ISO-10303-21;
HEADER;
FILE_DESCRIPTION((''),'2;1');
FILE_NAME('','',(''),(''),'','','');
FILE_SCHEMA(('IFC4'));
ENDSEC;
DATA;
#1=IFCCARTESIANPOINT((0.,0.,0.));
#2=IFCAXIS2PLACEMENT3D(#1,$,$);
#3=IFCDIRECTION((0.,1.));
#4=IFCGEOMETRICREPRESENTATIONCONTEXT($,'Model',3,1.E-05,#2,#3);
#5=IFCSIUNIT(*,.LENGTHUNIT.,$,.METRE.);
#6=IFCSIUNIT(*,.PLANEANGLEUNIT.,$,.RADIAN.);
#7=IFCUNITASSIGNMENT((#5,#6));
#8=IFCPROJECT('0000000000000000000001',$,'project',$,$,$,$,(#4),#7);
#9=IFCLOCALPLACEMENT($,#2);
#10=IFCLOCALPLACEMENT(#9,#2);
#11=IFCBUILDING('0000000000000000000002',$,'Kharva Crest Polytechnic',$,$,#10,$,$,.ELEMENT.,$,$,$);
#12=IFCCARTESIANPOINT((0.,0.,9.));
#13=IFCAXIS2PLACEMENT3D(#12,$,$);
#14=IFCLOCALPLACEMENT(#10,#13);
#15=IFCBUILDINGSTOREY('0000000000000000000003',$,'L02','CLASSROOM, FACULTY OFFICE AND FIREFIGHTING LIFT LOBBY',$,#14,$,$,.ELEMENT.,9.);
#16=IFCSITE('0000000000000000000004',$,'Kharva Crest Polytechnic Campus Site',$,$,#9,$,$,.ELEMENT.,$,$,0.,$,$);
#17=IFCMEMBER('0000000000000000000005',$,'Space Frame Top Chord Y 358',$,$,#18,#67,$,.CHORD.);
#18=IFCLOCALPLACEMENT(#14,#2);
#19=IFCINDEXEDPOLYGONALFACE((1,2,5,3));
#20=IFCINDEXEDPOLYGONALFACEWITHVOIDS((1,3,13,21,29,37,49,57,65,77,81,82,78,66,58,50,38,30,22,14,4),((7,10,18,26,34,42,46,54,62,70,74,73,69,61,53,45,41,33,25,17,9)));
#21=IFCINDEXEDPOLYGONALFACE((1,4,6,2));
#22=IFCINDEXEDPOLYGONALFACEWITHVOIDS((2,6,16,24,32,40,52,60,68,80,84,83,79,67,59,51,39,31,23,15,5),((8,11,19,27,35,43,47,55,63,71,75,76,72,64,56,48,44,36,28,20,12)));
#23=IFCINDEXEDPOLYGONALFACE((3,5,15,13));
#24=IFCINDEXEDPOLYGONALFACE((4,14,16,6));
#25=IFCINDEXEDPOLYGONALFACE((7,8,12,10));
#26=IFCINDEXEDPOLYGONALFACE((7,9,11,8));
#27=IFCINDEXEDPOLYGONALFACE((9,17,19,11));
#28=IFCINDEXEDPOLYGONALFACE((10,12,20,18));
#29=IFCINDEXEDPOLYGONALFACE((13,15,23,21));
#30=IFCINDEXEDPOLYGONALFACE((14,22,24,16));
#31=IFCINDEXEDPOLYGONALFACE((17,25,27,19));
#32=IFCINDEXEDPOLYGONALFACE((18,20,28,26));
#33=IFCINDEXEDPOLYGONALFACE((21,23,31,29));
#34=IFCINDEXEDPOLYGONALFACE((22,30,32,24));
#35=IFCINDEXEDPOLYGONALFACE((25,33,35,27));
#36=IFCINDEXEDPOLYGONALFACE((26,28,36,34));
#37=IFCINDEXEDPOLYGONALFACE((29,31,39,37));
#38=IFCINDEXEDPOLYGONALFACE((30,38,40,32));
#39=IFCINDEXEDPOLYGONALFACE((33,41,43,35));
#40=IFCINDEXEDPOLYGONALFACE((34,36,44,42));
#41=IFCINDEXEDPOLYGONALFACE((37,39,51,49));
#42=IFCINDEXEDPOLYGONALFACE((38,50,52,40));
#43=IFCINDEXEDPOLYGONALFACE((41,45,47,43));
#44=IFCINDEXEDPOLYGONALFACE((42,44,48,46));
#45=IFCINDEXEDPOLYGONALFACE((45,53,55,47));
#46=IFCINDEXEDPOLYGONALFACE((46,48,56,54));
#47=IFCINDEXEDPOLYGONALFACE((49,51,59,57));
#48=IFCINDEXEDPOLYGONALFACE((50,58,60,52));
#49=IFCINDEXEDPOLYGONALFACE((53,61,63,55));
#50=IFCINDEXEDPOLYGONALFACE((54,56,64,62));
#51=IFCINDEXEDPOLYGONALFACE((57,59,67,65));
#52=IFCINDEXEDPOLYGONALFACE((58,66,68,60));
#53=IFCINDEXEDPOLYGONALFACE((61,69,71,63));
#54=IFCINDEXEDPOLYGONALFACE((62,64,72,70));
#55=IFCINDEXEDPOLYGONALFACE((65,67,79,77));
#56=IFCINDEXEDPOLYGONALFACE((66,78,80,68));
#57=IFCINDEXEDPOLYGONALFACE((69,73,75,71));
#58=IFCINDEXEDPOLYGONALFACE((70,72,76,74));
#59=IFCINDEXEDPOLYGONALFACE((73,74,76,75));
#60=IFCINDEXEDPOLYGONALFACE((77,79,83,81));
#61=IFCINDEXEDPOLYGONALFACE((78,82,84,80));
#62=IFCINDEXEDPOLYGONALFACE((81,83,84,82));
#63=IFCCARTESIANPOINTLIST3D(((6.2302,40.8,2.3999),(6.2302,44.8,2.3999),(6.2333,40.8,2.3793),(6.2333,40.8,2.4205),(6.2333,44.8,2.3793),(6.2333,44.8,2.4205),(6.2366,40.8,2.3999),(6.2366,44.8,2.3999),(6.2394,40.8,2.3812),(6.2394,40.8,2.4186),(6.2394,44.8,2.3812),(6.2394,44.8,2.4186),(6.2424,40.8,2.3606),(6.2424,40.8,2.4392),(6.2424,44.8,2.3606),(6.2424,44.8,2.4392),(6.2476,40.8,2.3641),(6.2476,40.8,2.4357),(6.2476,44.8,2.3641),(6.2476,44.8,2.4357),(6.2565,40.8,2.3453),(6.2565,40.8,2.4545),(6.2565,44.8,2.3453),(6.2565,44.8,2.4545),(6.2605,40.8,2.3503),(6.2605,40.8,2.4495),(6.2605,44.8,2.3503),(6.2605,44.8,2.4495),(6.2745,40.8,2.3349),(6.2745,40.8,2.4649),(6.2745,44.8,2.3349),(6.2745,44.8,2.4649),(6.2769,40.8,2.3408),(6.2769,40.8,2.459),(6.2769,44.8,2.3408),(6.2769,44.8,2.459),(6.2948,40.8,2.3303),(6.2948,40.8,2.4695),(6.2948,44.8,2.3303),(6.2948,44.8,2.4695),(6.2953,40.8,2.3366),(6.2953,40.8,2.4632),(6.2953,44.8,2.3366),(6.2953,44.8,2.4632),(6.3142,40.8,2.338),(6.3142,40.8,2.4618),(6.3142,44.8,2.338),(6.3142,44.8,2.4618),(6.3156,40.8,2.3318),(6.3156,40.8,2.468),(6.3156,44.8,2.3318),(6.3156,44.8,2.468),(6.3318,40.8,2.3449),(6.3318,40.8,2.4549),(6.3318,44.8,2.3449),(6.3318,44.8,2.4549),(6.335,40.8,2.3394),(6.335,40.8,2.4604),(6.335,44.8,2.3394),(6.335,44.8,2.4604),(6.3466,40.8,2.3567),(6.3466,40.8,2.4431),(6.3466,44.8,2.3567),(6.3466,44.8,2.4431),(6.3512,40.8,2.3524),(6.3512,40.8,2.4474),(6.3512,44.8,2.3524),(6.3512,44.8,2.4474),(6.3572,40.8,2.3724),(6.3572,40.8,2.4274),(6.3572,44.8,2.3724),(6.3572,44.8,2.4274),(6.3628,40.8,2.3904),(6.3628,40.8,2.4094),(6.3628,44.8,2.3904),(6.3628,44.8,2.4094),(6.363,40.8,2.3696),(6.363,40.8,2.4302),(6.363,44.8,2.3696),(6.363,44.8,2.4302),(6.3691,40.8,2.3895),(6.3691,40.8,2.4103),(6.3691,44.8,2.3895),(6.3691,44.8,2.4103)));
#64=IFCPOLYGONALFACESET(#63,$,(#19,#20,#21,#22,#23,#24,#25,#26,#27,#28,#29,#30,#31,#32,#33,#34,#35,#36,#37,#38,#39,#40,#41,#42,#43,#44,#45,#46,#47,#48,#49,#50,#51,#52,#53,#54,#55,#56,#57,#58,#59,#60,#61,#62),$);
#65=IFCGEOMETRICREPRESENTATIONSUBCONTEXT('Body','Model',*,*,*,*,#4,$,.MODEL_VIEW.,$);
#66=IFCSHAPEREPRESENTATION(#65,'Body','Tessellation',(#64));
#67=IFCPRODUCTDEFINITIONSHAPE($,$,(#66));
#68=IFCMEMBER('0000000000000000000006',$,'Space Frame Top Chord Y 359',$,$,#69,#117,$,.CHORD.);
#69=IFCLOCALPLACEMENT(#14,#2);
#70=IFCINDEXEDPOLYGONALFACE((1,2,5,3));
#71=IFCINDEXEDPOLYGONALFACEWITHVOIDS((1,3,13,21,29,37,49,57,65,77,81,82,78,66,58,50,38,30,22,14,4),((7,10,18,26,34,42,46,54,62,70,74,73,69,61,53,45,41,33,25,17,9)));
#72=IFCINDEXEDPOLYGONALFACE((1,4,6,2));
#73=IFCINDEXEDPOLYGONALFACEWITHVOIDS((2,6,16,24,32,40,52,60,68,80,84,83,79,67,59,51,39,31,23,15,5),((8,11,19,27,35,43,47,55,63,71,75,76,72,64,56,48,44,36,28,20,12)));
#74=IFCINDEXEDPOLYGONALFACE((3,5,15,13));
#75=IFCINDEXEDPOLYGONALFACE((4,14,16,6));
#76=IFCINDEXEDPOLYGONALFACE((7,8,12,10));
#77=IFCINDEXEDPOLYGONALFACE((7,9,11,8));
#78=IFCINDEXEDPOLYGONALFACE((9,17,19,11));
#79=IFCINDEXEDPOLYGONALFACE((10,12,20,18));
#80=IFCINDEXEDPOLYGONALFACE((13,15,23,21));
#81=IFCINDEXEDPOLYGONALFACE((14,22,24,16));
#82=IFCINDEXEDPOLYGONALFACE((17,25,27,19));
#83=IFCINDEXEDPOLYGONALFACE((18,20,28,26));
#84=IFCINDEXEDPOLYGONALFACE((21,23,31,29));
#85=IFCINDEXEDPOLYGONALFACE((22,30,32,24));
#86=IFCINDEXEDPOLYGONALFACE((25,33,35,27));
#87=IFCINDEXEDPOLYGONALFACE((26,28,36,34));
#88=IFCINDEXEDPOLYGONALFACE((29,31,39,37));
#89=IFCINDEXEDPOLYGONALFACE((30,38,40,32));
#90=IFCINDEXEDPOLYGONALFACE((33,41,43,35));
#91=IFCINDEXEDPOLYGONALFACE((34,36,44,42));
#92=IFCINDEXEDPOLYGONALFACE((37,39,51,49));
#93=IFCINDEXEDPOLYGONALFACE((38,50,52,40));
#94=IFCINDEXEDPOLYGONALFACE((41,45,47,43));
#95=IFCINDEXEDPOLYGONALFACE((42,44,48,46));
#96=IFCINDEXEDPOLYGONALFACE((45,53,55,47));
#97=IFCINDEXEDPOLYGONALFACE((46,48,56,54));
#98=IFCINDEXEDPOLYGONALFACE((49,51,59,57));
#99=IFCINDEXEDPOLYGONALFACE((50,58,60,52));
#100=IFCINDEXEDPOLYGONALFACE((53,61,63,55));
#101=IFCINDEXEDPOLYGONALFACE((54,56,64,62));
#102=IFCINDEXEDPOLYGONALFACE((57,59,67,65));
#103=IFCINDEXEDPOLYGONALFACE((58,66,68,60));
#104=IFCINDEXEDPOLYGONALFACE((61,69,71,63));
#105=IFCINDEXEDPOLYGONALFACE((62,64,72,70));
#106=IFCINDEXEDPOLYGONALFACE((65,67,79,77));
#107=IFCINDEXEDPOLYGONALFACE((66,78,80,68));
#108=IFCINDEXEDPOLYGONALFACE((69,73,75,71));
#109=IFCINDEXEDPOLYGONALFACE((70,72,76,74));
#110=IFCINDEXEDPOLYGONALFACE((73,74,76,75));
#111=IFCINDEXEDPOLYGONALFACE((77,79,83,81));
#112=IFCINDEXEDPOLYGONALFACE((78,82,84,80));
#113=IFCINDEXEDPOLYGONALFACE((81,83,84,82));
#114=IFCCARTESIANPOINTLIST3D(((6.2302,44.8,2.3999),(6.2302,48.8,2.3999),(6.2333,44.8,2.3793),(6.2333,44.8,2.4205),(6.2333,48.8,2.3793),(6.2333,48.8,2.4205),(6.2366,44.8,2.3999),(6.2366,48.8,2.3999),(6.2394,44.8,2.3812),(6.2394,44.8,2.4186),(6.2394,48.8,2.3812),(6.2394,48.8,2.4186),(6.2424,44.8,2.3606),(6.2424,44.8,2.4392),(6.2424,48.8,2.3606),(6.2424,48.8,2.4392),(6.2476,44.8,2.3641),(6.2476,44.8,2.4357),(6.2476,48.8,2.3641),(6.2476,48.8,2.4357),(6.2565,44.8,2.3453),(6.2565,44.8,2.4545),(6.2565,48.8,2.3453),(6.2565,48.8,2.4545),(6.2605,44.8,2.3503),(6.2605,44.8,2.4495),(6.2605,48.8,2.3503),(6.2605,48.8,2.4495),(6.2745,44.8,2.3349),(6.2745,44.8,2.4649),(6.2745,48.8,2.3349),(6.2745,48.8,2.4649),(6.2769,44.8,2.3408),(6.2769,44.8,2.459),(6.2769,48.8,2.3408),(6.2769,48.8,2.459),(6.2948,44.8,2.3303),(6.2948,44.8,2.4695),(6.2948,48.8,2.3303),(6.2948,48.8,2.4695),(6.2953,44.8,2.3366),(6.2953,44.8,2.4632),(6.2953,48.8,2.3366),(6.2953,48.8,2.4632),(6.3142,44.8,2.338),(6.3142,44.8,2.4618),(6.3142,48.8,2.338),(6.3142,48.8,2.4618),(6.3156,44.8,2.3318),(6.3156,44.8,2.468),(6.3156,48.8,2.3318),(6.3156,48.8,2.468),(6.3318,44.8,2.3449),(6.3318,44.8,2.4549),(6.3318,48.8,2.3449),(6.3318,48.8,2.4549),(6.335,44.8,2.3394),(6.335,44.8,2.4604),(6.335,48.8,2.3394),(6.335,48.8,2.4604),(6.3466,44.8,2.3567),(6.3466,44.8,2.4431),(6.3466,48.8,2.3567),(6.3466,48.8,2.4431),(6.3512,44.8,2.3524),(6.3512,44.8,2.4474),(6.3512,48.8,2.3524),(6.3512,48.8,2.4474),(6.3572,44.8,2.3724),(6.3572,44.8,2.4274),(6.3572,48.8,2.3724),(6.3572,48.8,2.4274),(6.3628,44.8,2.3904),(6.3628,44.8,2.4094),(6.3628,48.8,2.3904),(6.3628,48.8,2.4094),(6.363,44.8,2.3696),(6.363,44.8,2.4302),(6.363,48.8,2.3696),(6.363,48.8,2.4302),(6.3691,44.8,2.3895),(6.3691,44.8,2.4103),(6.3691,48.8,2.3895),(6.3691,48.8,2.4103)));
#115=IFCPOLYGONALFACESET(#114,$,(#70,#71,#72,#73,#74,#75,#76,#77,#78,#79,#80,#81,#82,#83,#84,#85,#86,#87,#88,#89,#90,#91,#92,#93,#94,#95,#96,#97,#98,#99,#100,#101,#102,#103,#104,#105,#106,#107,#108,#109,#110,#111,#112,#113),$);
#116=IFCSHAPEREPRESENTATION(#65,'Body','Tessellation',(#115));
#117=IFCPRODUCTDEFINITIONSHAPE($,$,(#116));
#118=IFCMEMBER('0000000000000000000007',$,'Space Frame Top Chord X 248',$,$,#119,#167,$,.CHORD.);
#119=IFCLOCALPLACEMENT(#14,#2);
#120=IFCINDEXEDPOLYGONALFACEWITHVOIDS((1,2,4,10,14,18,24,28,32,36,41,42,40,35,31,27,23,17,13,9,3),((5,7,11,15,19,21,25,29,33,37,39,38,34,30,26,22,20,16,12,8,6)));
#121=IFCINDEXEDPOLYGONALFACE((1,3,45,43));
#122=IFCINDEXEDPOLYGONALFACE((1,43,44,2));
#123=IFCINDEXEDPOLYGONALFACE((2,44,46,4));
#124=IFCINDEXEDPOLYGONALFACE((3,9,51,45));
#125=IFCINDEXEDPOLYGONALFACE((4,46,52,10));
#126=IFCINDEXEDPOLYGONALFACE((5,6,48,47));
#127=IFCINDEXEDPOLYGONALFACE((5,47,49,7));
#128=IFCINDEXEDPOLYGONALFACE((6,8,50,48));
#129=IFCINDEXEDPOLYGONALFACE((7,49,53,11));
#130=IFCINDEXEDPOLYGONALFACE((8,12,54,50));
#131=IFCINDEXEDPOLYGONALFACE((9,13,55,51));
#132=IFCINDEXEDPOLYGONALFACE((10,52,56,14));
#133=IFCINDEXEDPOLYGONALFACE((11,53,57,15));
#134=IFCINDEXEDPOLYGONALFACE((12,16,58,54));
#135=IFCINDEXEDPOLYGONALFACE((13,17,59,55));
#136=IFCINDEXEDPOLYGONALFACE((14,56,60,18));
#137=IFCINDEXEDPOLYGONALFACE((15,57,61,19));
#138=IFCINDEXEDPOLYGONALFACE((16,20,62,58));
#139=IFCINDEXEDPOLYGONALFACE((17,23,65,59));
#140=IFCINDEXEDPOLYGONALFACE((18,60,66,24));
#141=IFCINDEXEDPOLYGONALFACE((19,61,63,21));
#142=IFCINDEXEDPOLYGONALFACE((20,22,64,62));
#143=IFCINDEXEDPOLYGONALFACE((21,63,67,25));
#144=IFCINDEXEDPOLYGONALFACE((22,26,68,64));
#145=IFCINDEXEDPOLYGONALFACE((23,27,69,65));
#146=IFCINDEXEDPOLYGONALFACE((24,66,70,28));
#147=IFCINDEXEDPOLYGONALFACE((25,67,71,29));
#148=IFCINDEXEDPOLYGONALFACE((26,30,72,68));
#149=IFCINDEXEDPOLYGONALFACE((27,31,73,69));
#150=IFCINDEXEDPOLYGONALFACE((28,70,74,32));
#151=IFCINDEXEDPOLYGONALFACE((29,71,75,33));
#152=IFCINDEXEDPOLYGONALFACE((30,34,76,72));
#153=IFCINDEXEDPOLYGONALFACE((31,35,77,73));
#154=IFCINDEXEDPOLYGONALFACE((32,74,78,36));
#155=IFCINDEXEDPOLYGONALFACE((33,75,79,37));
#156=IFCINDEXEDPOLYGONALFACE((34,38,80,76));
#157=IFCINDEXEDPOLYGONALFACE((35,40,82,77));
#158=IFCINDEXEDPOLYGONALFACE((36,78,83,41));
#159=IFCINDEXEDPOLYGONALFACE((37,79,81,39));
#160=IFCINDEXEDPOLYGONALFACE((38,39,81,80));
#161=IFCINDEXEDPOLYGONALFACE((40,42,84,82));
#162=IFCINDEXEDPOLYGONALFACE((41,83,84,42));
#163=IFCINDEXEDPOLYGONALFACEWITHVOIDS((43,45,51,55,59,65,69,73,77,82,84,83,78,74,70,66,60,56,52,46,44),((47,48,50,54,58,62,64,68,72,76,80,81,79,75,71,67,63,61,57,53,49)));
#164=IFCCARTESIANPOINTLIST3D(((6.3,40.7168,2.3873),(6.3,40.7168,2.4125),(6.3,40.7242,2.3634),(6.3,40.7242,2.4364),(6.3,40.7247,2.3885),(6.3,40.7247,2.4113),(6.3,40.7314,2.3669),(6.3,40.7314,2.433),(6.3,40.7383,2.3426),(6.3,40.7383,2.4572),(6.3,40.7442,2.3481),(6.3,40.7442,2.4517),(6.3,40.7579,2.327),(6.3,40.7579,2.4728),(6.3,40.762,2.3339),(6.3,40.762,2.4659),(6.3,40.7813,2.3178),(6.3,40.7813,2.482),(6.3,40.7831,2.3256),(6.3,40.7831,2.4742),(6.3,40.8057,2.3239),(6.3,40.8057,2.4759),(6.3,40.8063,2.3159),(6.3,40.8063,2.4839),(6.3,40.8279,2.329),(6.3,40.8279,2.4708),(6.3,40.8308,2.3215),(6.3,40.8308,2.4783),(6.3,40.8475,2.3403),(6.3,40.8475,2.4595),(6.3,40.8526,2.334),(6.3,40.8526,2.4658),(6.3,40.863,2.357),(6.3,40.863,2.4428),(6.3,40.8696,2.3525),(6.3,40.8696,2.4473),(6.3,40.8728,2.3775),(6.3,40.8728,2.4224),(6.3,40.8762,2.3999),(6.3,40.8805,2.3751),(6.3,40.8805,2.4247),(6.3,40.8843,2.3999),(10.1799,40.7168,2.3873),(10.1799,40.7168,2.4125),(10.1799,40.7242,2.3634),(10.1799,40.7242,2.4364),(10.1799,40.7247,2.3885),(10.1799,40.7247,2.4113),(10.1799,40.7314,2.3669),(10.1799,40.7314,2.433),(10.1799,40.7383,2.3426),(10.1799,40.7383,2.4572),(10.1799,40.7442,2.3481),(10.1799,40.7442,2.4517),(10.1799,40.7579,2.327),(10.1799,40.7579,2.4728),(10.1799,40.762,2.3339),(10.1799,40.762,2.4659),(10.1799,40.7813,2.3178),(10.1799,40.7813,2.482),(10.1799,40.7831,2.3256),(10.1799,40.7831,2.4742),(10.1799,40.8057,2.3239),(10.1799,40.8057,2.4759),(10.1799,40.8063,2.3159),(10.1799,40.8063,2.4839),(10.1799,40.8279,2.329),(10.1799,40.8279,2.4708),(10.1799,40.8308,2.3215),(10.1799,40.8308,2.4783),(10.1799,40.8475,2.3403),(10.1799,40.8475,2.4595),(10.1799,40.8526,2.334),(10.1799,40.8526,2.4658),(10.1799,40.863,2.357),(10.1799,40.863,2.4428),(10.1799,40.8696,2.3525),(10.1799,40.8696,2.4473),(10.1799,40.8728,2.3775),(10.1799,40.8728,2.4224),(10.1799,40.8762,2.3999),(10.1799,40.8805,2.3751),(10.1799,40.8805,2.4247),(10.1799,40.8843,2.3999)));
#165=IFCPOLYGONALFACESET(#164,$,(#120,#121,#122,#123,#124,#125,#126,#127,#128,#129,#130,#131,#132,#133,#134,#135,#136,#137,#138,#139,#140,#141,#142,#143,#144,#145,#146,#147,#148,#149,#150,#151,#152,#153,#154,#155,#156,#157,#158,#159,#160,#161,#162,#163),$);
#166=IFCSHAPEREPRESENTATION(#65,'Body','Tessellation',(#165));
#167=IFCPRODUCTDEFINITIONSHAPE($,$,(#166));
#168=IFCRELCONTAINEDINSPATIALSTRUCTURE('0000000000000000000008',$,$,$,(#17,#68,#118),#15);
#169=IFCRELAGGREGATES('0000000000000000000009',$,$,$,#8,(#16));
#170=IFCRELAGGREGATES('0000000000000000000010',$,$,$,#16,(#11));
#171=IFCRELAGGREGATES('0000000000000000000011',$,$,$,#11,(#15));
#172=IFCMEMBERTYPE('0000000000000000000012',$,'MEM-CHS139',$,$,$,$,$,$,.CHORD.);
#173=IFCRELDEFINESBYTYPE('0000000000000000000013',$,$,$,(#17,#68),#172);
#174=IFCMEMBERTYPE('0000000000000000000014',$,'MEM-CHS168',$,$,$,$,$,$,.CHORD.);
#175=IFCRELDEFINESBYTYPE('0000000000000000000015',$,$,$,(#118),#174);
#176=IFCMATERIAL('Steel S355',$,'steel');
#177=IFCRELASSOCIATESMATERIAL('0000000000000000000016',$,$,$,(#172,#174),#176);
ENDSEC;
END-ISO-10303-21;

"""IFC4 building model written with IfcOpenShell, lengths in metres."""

from ifc_helpers import new_model, si_unit, direction, frame, origin, origin_2d, place, context, subcontext, project, spatial, hollow_circle, extrude, material, material_profile, profile_set, type_object, element, save


model = new_model("IFC4")

# Units and contexts
model_context = context("Model", 3, precision=1e-05, world=origin(), true_north=direction((0.0, 1.0)))
body_context = subcontext(model_context, "Body", "Model", "MODEL_VIEW")
ifc_project = project(units=[si_unit("LENGTHUNIT", "METRE"), si_unit("PLANEANGLEUNIT", "RADIAN")], contexts=[model_context])

# Site, building, storey
site_placement = place(None, origin())
site = spatial("IfcSite", under=ifc_project, at=site_placement, Name="Kharva Crest Polytechnic Campus Site", CompositionType="ELEMENT", RefElevation=0.0)
building_placement = place(site_placement, origin())
building = spatial("IfcBuilding", under=site, at=building_placement, Name="Kharva Crest Polytechnic", CompositionType="ELEMENT")
storey_placement = place(building_placement, frame((0.0, 0.0, 9.0)))
storey = spatial("IfcBuildingStorey", under=building, at=storey_placement, Name="L02", Description="CLASSROOM, FACULTY OFFICE AND FIREFIGHTING LIFT LOBBY", CompositionType="ELEMENT", Elevation=9.0)

# Shared definitions
ifc_material_1 = material(Name="Steel S355", Category="steel")

# Members
ifc_material_profile_1 = material_profile(ifc_material_1, hollow_circle(Radius=0.0698, WallThickness=0.0063, at=origin_2d()), Name="CHS 139.7X6.3")
ifc_profile_set_1 = profile_set([ifc_material_profile_1], Name="Steel S355")
member_type_1 = type_object("IfcMemberType", Name="MEM-CHS139", PredefinedType="CHORD", material=ifc_profile_set_1)
for number, where, z_axis, x_axis, name in (
    (1, (6.3, 40.8, 2.3999), (0.0, 1.0, 0.0), (-1.0, 0.0, 0.0), "Space Frame Top Chord Y 358"),
    (2, (6.3, 44.8, 2.3999), (0.0, 1.0, 0.0), (-1.0, 0.0, 0.0), "Space Frame Top Chord Y 359"),
):
    element("IfcMember", number, at=place(storey_placement, frame(where, z_axis=z_axis, x_axis=x_axis)), inside=storey, type_object=member_type_1, Name=name, PredefinedType="CHORD", context=body_context, shape_type="SweptSolid", body=[
        extrude(hollow_circle(Radius=0.0698, WallThickness=0.0063, at=origin_2d()), origin(), (0.0, 0.0, 1.0), 4.0),
    ])
ifc_material_profile_2 = material_profile(ifc_material_1, hollow_circle(Radius=0.0842, WallThickness=0.0081, at=origin_2d()), Name="CHS 168.3X8.0")
ifc_profile_set_2 = profile_set([ifc_material_profile_2], Name="Steel S355")
member_type_2 = type_object("IfcMemberType", Name="MEM-CHS168", PredefinedType="CHORD", material=ifc_profile_set_2)
for number, where, z_axis, x_axis, name in (
    (3, (6.3, 40.8, 2.3999), (1.0, 0.0, 0.0), (0.0, 1.0, 0.0), "Space Frame Top Chord X 248"),
):
    element("IfcMember", number, at=place(storey_placement, frame(where, z_axis=z_axis, x_axis=x_axis)), inside=storey, type_object=member_type_2, Name=name, PredefinedType="CHORD", context=body_context, shape_type="SweptSolid", body=[
        extrude(hollow_circle(Radius=0.0842, WallThickness=0.0081, at=origin_2d()), origin(), (0.0, 0.0, 1.0), 3.8799),
    ])

save(model, "model.ifc")
